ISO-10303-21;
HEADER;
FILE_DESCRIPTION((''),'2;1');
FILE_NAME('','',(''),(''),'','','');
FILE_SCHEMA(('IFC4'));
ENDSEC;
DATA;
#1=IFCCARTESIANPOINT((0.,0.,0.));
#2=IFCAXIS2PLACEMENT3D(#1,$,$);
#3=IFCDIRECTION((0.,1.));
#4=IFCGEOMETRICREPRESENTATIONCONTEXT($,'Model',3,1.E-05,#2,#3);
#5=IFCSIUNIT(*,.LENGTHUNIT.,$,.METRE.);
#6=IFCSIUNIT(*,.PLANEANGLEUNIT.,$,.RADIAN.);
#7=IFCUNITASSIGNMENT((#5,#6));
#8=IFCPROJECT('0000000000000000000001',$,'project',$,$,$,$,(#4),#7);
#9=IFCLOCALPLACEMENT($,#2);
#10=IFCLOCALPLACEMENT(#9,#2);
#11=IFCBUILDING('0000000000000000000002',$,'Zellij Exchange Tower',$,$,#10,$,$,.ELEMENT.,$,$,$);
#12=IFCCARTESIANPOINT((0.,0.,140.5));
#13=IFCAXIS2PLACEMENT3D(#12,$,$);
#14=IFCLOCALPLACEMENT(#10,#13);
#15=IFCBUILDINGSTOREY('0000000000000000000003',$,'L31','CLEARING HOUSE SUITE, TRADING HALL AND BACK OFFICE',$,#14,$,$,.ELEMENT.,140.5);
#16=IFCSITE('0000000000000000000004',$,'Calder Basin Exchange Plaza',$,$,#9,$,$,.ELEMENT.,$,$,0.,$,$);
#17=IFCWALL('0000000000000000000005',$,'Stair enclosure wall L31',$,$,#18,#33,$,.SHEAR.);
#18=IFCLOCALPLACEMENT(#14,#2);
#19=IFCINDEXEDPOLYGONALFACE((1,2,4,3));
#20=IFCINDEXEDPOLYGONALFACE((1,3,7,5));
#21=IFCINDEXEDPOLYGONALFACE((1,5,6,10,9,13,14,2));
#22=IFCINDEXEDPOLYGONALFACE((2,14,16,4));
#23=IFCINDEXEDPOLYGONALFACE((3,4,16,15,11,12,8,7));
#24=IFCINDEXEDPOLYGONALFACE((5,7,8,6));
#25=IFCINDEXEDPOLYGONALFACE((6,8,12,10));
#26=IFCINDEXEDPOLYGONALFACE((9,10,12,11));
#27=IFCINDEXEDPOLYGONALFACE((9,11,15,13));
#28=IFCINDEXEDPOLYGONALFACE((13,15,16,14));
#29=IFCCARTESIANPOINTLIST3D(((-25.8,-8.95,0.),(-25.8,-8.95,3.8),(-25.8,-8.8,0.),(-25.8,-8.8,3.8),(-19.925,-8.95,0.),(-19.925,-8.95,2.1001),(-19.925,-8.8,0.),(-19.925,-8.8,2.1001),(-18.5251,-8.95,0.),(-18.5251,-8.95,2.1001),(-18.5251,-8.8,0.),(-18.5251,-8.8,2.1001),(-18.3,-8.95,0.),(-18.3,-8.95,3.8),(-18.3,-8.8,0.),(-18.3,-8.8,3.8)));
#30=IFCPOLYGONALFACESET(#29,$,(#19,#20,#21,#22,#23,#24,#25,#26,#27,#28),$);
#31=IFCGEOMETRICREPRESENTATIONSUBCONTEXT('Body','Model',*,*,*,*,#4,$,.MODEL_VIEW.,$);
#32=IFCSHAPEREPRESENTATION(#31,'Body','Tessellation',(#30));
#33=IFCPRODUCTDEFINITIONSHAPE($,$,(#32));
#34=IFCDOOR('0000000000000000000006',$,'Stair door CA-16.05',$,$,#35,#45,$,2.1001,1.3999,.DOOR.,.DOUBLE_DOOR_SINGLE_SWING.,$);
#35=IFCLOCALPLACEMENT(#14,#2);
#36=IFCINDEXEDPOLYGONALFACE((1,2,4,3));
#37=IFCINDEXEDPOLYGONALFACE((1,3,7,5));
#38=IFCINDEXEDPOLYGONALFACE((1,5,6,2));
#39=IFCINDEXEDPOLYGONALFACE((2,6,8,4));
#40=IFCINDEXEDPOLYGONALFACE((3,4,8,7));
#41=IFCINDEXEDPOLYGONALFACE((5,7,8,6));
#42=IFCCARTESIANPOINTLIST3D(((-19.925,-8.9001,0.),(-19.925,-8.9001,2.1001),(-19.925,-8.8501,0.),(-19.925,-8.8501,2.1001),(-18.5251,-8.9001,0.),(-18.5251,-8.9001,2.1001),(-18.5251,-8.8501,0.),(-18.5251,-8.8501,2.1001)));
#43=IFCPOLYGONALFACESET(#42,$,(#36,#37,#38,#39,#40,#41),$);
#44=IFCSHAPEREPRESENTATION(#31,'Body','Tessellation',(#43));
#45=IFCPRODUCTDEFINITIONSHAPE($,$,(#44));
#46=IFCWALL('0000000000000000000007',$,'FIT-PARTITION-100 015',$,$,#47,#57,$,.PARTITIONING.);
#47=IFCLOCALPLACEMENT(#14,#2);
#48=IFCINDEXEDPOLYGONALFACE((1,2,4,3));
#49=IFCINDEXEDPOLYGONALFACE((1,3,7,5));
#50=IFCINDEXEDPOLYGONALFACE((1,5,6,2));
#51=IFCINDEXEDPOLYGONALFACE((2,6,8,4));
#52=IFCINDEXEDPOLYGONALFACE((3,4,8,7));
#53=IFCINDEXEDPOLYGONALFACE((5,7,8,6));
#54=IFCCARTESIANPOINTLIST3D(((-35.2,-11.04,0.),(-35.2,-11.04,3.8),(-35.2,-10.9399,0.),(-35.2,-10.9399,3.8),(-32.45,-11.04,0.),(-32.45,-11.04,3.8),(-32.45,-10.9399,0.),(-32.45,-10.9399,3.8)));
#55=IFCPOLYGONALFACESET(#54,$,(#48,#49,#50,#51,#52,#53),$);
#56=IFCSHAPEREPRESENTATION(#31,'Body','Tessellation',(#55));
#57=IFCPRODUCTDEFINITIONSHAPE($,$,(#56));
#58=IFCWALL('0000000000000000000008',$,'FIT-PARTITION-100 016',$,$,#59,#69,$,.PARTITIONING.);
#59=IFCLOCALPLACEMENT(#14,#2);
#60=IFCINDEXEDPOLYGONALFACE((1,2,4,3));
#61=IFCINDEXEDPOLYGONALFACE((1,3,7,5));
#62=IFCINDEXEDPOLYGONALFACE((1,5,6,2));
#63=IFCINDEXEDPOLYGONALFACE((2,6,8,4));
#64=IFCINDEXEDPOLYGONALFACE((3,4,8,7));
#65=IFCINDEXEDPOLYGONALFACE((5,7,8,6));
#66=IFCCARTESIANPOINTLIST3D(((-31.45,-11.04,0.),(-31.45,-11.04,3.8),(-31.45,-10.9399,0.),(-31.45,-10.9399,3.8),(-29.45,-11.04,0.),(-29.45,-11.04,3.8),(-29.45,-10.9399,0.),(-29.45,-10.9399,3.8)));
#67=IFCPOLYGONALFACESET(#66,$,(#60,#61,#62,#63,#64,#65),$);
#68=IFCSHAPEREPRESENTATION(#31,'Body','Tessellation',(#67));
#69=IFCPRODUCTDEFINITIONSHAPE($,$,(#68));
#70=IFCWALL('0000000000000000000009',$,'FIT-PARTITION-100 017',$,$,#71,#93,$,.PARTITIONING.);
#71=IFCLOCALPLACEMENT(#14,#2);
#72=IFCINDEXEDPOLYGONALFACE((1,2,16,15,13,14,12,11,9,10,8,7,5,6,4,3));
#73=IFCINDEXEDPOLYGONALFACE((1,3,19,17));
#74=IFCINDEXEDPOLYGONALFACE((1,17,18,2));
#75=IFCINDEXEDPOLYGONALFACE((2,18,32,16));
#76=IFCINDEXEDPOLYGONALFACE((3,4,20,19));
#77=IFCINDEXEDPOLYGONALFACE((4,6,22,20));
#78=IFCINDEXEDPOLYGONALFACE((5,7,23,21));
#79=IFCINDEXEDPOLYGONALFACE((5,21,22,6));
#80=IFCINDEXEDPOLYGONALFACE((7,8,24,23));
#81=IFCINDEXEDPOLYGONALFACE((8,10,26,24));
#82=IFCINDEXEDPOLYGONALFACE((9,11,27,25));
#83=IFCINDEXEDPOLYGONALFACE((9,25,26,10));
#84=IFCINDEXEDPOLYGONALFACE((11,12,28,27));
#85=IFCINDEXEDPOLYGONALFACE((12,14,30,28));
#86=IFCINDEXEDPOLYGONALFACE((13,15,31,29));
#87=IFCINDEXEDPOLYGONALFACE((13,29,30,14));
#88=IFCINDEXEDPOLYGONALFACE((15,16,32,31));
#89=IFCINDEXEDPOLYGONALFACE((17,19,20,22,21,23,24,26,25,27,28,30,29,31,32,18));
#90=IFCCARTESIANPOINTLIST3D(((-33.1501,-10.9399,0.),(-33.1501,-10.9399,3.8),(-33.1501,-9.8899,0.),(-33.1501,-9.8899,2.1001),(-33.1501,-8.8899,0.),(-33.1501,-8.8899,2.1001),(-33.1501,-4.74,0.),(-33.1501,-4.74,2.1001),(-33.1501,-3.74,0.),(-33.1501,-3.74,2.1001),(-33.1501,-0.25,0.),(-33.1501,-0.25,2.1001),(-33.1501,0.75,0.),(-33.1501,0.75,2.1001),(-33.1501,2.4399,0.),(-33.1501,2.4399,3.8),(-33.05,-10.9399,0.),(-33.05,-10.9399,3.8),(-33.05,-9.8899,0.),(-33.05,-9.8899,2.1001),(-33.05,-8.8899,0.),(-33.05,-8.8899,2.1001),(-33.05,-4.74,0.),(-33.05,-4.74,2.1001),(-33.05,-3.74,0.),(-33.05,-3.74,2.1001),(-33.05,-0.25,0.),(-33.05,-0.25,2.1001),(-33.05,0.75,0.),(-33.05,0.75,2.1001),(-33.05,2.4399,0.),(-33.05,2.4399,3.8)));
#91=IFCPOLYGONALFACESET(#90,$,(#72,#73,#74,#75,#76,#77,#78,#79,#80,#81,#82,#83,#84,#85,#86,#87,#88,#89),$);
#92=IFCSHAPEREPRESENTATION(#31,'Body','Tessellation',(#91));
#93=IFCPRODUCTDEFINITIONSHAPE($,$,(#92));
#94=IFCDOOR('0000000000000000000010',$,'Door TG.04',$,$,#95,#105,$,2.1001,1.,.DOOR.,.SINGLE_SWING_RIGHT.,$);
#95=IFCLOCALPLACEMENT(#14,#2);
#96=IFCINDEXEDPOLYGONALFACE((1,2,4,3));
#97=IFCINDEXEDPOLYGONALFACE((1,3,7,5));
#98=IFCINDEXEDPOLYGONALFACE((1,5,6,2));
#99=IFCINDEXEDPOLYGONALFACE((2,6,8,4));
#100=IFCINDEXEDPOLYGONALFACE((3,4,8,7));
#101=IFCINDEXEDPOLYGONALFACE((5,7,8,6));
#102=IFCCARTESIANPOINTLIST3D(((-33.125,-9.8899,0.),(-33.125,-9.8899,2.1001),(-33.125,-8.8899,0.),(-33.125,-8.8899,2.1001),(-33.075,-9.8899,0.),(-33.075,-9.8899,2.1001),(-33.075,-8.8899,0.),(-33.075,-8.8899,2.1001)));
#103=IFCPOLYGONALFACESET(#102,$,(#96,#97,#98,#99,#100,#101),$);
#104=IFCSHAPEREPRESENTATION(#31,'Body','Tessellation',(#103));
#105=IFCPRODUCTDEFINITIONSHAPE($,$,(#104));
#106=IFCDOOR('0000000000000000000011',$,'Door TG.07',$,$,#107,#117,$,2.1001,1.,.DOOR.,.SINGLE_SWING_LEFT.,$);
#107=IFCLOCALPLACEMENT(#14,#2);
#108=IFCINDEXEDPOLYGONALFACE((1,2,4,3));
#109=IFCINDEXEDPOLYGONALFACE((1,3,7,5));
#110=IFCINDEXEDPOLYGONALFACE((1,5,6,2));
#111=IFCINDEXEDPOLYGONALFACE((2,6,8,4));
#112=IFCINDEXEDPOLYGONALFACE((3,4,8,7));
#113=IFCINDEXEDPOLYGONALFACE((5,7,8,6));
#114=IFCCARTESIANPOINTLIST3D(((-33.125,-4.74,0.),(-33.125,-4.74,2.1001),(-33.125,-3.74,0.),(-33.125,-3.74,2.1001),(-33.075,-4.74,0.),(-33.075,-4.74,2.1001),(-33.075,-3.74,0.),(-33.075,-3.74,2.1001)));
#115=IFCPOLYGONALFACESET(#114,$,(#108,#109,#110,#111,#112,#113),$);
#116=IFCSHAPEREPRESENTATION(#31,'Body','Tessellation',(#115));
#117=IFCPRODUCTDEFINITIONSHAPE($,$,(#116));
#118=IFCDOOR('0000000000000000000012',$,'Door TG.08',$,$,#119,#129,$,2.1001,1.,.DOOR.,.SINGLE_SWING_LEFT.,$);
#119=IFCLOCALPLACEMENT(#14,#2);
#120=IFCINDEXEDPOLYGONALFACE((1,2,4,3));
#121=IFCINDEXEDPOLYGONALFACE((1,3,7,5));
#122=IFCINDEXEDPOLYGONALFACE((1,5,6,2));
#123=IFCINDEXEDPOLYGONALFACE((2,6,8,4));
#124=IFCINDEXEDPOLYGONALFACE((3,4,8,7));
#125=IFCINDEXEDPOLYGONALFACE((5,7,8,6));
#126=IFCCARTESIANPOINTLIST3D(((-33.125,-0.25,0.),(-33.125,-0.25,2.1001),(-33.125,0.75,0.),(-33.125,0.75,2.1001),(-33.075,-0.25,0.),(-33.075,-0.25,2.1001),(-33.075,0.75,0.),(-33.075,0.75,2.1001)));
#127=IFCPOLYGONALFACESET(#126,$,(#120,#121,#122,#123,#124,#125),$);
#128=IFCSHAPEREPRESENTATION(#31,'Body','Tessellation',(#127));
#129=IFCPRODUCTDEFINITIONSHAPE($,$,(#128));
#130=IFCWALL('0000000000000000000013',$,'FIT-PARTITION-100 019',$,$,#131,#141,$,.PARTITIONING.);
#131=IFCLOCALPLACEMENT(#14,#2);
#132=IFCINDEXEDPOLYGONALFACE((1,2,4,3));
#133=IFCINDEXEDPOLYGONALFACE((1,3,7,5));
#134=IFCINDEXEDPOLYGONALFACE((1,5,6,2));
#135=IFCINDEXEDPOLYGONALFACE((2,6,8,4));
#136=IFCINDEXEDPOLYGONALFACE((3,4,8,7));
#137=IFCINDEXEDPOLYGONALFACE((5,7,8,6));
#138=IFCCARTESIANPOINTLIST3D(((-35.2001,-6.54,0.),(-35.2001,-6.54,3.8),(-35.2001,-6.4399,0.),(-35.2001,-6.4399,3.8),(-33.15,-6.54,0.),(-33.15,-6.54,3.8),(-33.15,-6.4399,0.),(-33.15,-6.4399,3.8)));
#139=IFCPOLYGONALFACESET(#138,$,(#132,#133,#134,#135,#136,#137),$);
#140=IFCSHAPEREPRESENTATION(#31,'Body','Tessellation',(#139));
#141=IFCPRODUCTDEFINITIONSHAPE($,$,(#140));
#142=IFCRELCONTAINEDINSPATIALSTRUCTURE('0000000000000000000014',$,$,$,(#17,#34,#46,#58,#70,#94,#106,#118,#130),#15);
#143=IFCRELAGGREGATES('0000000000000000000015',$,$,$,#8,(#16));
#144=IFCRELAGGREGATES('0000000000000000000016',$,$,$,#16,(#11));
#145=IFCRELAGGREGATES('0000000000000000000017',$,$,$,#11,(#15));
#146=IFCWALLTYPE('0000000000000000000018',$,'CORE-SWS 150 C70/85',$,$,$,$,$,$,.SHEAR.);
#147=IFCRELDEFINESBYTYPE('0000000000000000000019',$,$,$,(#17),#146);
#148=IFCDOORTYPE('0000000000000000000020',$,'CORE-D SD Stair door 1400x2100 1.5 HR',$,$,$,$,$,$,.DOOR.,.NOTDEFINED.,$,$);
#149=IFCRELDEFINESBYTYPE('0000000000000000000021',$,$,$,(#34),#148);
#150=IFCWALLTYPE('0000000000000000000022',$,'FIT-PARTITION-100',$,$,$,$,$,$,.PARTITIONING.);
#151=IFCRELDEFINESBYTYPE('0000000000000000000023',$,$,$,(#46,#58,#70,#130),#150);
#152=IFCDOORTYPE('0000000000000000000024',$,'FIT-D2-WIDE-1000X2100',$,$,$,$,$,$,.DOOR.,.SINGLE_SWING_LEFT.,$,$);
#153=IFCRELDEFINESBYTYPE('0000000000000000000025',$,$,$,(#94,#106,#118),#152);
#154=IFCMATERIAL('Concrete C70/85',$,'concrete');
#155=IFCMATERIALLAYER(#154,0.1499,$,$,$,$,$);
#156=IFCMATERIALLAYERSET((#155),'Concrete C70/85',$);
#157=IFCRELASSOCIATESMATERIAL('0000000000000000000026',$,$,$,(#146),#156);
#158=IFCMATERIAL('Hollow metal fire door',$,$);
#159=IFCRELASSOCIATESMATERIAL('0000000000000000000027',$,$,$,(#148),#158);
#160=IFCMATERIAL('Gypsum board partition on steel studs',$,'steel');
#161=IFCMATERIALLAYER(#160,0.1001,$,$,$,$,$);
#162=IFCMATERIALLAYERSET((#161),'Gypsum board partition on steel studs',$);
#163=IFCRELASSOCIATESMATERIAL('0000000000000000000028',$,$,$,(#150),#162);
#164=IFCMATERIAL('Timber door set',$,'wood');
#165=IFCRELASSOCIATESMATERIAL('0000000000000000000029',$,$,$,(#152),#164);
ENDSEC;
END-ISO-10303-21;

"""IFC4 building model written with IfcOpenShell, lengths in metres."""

from ifc_helpers import new_model, si_unit, direction, frame, frame_2d, origin, place, context, subcontext, project, spatial, rectangle, extrude, material, layer, layer_set, type_object, element, fill, save


model = new_model("IFC4")

# Units and contexts
model_context = context("Model", 3, precision=1e-05, world=origin(), true_north=direction((0.0, 1.0)))
body_context = subcontext(model_context, "Body", "Model", "MODEL_VIEW")
ifc_project = project(units=[si_unit("LENGTHUNIT", "METRE"), si_unit("PLANEANGLEUNIT", "RADIAN")], contexts=[model_context])

# Site, building, storey
site_placement = place(None, origin())
site = spatial("IfcSite", under=ifc_project, at=site_placement, Name="Calder Basin Exchange Plaza", CompositionType="ELEMENT", RefElevation=0.0)
building_placement = place(site_placement, origin())
building = spatial("IfcBuilding", under=site, at=building_placement, Name="Zellij Exchange Tower", CompositionType="ELEMENT")
storey_placement = place(building_placement, frame((0.0, 0.0, 140.5)))
storey = spatial("IfcBuildingStorey", under=building, at=storey_placement, Name="L31", Description="CLEARING HOUSE SUITE, TRADING HALL AND BACK OFFICE", CompositionType="ELEMENT", Elevation=140.5)

# Shared definitions
ifc_material_1 = material(Name="Concrete C70/85", Category="concrete")

# Shared definitions
ifc_material_2 = material(Name="Hollow metal fire door")

# Wall, opening, door
ifc_layer_1 = layer(ifc_material_1, 0.1499)
ifc_layer_set_1 = layer_set([ifc_layer_1], Name="Concrete C70/85")
wall_type_1 = type_object("IfcWallType", Name="CORE-SWS 150 C70/85", PredefinedType="SHEAR", material=ifc_layer_set_1)
wall_1_placement = place(storey_placement, frame((-25.8, -8.875, 0.0), z_axis=(0.0, 0.0, 1.0), x_axis=(1.0, 0.0, 0.0)))
wall_1 = element("IfcWall", 1, at=wall_1_placement, inside=storey, type_object=wall_type_1, Name="Stair enclosure wall L31", PredefinedType="SHEAR", context=body_context, shape_type="SweptSolid", body=[
    extrude(rectangle(XDim=7.5, YDim=0.1499, at=frame_2d((3.75, 0.0))), origin(), (0.0, 0.0, 1.0), 3.8),
])
opening_1_placement = place(wall_1_placement, frame((5.875, 0.0, 0.0)))
opening_1 = element("IfcOpeningElement", 2, at=opening_1_placement, cuts=wall_1, PredefinedType="OPENING", context=body_context, shape_type="SweptSolid", body=[
    extrude(rectangle(XDim=1.3999, YDim=2.1001, at=frame_2d((0.7, 1.05))), frame((0.0, 0.0869, 0.0), z_axis=(0.0, -1.0, 0.0), x_axis=(1.0, 0.0, 0.0)), (0.0, 0.0, 1.0), 0.1738),
])
door_type_1 = type_object("IfcDoorType", Name="CORE-D SD Stair door 1400x2100 1.5 HR", OperationType="NOTDEFINED", PredefinedType="DOOR", material=ifc_material_2)
door_1_placement = place(opening_1_placement, origin())
door_1 = element("IfcDoor", 3, at=door_1_placement, inside=storey, type_object=door_type_1, Name="Stair door CA-16.05", OperationType="DOUBLE_DOOR_SINGLE_SWING", OverallHeight=2.1001, OverallWidth=1.3999, PredefinedType="DOOR", context=body_context, shape_type="SweptSolid", body=[
    extrude(rectangle(XDim=1.3999, YDim=2.1001, at=frame_2d((0.7, 1.05))), frame((0.0, 0.0249, 0.0), z_axis=(0.0, -1.0, 0.0), x_axis=(1.0, 0.0, 0.0)), (0.0, 0.0, 1.0), 0.05),
])
fill(opening_1, door_1)

# Walls
ifc_material_3 = material(Name="Gypsum board partition on steel studs", Category="steel")
ifc_layer_2 = layer(ifc_material_3, 0.1001)
ifc_layer_set_2 = layer_set([ifc_layer_2], Name="Gypsum board partition on steel studs")
wall_type_2 = type_object("IfcWallType", Name="FIT-PARTITION-100", PredefinedType="PARTITIONING", material=ifc_layer_set_2)
wall_2_placement = place(storey_placement, frame((-35.2, -10.99, 0.0), z_axis=(0.0, 0.0, 1.0), x_axis=(1.0, 0.0, 0.0)))
element("IfcWall", 4, at=wall_2_placement, inside=storey, type_object=wall_type_2, Name="FIT-PARTITION-100 015", PredefinedType="PARTITIONING", context=body_context, shape_type="SweptSolid", body=[
    extrude(rectangle(XDim=2.75, YDim=0.1001, at=frame_2d((1.375, 0.0))), origin(), (0.0, 0.0, 1.0), 3.8),
])
wall_3_placement = place(storey_placement, frame((-31.45, -10.99, 0.0), z_axis=(0.0, 0.0, 1.0), x_axis=(1.0, 0.0, 0.0)))
element("IfcWall", 5, at=wall_3_placement, inside=storey, type_object=wall_type_2, Name="FIT-PARTITION-100 016", PredefinedType="PARTITIONING", context=body_context, shape_type="SweptSolid", body=[
    extrude(rectangle(XDim=2.0, YDim=0.1001, at=frame_2d((1.0, 0.0))), origin(), (0.0, 0.0, 1.0), 3.8),
])

# Wall, openings, doors
wall_4_placement = place(storey_placement, frame((-33.1001, -10.9399, 0.0), z_axis=(0.0, 0.0, 1.0), x_axis=(0.0, 1.0, 0.0)))
wall_4 = element("IfcWall", 6, at=wall_4_placement, inside=storey, type_object=wall_type_2, Name="FIT-PARTITION-100 017", PredefinedType="PARTITIONING", context=body_context, shape_type="SweptSolid", body=[
    extrude(rectangle(XDim=13.3799, YDim=0.1001, at=frame_2d((6.6899, 0.0))), origin(), (0.0, 0.0, 1.0), 3.8),
])
opening_2_placement = place(wall_4_placement, frame((1.05, 0.0, 0.0)))
opening_2 = element("IfcOpeningElement", 7, at=opening_2_placement, cuts=wall_4, PredefinedType="OPENING", context=body_context, shape_type="SweptSolid", body=[
    extrude(rectangle(XDim=1.0, YDim=2.1001, at=frame_2d((0.5, 1.05))), frame((0.0, 0.062, 0.0), z_axis=(0.0, -1.0, 0.0), x_axis=(1.0, 0.0, 0.0)), (0.0, 0.0, 1.0), 0.124),
])
opening_3_placement = place(wall_4_placement, frame((6.2, 0.0, 0.0)))
opening_3 = element("IfcOpeningElement", 8, at=opening_3_placement, cuts=wall_4, PredefinedType="OPENING", context=body_context, shape_type="SweptSolid", body=[
    extrude(rectangle(XDim=1.0, YDim=2.1001, at=frame_2d((0.5, 1.05))), frame((0.0, 0.062, 0.0), z_axis=(0.0, -1.0, 0.0), x_axis=(1.0, 0.0, 0.0)), (0.0, 0.0, 1.0), 0.124),
])
opening_4_placement = place(wall_4_placement, frame((10.6899, 0.0, 0.0)))
opening_4 = element("IfcOpeningElement", 9, at=opening_4_placement, cuts=wall_4, PredefinedType="OPENING", context=body_context, shape_type="SweptSolid", body=[
    extrude(rectangle(XDim=1.0, YDim=2.1001, at=frame_2d((0.5, 1.05))), frame((0.0, 0.062, 0.0), z_axis=(0.0, -1.0, 0.0), x_axis=(1.0, 0.0, 0.0)), (0.0, 0.0, 1.0), 0.124),
])
ifc_material_4 = material(Name="Timber door set", Category="wood")
door_type_2 = type_object("IfcDoorType", Name="FIT-D2-WIDE-1000X2100", OperationType="SINGLE_SWING_LEFT", PredefinedType="DOOR", material=ifc_material_4)
door_2_placement = place(opening_2_placement, origin())
door_2 = element("IfcDoor", 10, at=door_2_placement, inside=storey, type_object=door_type_2, Name="Door TG.04", OperationType="SINGLE_SWING_RIGHT", OverallHeight=2.1001, OverallWidth=1.0, PredefinedType="DOOR", context=body_context, shape_type="SweptSolid", body=[
    extrude(rectangle(XDim=1.0, YDim=2.1001, at=frame_2d((0.5, 1.05))), frame((0.0, 0.0249, 0.0), z_axis=(0.0, -1.0, 0.0), x_axis=(1.0, 0.0, 0.0)), (0.0, 0.0, 1.0), 0.05),
])
fill(opening_2, door_2)
door_3_placement = place(opening_3_placement, origin())
door_3 = element("IfcDoor", 11, at=door_3_placement, inside=storey, type_object=door_type_2, Name="Door TG.07", OperationType="SINGLE_SWING_LEFT", OverallHeight=2.1001, OverallWidth=1.0, PredefinedType="DOOR", context=body_context, shape_type="SweptSolid", body=[
    extrude(rectangle(XDim=1.0, YDim=2.1001, at=frame_2d((0.5, 1.05))), frame((0.0, 0.0249, 0.0), z_axis=(0.0, -1.0, 0.0), x_axis=(1.0, 0.0, 0.0)), (0.0, 0.0, 1.0), 0.05),
])
fill(opening_3, door_3)
door_4_placement = place(opening_4_placement, origin())
door_4 = element("IfcDoor", 12, at=door_4_placement, inside=storey, type_object=door_type_2, Name="Door TG.08", OperationType="SINGLE_SWING_LEFT", OverallHeight=2.1001, OverallWidth=1.0, PredefinedType="DOOR", context=body_context, shape_type="SweptSolid", body=[
    extrude(rectangle(XDim=1.0, YDim=2.1001, at=frame_2d((0.5, 1.05))), frame((0.0, 0.0249, 0.0), z_axis=(0.0, -1.0, 0.0), x_axis=(1.0, 0.0, 0.0)), (0.0, 0.0, 1.0), 0.05),
])
fill(opening_4, door_4)

# Wall
wall_5_placement = place(storey_placement, frame((-35.2, -6.49, 0.0), z_axis=(0.0, 0.0, 1.0), x_axis=(1.0, 0.0, 0.0)))
element("IfcWall", 13, at=wall_5_placement, inside=storey, type_object=wall_type_2, Name="FIT-PARTITION-100 019", PredefinedType="PARTITIONING", context=body_context, shape_type="SweptSolid", body=[
    extrude(rectangle(XDim=2.05, YDim=0.1001, at=frame_2d((1.0249, 0.0))), origin(), (0.0, 0.0, 1.0), 3.8),
])

save(model, "model.ifc")
